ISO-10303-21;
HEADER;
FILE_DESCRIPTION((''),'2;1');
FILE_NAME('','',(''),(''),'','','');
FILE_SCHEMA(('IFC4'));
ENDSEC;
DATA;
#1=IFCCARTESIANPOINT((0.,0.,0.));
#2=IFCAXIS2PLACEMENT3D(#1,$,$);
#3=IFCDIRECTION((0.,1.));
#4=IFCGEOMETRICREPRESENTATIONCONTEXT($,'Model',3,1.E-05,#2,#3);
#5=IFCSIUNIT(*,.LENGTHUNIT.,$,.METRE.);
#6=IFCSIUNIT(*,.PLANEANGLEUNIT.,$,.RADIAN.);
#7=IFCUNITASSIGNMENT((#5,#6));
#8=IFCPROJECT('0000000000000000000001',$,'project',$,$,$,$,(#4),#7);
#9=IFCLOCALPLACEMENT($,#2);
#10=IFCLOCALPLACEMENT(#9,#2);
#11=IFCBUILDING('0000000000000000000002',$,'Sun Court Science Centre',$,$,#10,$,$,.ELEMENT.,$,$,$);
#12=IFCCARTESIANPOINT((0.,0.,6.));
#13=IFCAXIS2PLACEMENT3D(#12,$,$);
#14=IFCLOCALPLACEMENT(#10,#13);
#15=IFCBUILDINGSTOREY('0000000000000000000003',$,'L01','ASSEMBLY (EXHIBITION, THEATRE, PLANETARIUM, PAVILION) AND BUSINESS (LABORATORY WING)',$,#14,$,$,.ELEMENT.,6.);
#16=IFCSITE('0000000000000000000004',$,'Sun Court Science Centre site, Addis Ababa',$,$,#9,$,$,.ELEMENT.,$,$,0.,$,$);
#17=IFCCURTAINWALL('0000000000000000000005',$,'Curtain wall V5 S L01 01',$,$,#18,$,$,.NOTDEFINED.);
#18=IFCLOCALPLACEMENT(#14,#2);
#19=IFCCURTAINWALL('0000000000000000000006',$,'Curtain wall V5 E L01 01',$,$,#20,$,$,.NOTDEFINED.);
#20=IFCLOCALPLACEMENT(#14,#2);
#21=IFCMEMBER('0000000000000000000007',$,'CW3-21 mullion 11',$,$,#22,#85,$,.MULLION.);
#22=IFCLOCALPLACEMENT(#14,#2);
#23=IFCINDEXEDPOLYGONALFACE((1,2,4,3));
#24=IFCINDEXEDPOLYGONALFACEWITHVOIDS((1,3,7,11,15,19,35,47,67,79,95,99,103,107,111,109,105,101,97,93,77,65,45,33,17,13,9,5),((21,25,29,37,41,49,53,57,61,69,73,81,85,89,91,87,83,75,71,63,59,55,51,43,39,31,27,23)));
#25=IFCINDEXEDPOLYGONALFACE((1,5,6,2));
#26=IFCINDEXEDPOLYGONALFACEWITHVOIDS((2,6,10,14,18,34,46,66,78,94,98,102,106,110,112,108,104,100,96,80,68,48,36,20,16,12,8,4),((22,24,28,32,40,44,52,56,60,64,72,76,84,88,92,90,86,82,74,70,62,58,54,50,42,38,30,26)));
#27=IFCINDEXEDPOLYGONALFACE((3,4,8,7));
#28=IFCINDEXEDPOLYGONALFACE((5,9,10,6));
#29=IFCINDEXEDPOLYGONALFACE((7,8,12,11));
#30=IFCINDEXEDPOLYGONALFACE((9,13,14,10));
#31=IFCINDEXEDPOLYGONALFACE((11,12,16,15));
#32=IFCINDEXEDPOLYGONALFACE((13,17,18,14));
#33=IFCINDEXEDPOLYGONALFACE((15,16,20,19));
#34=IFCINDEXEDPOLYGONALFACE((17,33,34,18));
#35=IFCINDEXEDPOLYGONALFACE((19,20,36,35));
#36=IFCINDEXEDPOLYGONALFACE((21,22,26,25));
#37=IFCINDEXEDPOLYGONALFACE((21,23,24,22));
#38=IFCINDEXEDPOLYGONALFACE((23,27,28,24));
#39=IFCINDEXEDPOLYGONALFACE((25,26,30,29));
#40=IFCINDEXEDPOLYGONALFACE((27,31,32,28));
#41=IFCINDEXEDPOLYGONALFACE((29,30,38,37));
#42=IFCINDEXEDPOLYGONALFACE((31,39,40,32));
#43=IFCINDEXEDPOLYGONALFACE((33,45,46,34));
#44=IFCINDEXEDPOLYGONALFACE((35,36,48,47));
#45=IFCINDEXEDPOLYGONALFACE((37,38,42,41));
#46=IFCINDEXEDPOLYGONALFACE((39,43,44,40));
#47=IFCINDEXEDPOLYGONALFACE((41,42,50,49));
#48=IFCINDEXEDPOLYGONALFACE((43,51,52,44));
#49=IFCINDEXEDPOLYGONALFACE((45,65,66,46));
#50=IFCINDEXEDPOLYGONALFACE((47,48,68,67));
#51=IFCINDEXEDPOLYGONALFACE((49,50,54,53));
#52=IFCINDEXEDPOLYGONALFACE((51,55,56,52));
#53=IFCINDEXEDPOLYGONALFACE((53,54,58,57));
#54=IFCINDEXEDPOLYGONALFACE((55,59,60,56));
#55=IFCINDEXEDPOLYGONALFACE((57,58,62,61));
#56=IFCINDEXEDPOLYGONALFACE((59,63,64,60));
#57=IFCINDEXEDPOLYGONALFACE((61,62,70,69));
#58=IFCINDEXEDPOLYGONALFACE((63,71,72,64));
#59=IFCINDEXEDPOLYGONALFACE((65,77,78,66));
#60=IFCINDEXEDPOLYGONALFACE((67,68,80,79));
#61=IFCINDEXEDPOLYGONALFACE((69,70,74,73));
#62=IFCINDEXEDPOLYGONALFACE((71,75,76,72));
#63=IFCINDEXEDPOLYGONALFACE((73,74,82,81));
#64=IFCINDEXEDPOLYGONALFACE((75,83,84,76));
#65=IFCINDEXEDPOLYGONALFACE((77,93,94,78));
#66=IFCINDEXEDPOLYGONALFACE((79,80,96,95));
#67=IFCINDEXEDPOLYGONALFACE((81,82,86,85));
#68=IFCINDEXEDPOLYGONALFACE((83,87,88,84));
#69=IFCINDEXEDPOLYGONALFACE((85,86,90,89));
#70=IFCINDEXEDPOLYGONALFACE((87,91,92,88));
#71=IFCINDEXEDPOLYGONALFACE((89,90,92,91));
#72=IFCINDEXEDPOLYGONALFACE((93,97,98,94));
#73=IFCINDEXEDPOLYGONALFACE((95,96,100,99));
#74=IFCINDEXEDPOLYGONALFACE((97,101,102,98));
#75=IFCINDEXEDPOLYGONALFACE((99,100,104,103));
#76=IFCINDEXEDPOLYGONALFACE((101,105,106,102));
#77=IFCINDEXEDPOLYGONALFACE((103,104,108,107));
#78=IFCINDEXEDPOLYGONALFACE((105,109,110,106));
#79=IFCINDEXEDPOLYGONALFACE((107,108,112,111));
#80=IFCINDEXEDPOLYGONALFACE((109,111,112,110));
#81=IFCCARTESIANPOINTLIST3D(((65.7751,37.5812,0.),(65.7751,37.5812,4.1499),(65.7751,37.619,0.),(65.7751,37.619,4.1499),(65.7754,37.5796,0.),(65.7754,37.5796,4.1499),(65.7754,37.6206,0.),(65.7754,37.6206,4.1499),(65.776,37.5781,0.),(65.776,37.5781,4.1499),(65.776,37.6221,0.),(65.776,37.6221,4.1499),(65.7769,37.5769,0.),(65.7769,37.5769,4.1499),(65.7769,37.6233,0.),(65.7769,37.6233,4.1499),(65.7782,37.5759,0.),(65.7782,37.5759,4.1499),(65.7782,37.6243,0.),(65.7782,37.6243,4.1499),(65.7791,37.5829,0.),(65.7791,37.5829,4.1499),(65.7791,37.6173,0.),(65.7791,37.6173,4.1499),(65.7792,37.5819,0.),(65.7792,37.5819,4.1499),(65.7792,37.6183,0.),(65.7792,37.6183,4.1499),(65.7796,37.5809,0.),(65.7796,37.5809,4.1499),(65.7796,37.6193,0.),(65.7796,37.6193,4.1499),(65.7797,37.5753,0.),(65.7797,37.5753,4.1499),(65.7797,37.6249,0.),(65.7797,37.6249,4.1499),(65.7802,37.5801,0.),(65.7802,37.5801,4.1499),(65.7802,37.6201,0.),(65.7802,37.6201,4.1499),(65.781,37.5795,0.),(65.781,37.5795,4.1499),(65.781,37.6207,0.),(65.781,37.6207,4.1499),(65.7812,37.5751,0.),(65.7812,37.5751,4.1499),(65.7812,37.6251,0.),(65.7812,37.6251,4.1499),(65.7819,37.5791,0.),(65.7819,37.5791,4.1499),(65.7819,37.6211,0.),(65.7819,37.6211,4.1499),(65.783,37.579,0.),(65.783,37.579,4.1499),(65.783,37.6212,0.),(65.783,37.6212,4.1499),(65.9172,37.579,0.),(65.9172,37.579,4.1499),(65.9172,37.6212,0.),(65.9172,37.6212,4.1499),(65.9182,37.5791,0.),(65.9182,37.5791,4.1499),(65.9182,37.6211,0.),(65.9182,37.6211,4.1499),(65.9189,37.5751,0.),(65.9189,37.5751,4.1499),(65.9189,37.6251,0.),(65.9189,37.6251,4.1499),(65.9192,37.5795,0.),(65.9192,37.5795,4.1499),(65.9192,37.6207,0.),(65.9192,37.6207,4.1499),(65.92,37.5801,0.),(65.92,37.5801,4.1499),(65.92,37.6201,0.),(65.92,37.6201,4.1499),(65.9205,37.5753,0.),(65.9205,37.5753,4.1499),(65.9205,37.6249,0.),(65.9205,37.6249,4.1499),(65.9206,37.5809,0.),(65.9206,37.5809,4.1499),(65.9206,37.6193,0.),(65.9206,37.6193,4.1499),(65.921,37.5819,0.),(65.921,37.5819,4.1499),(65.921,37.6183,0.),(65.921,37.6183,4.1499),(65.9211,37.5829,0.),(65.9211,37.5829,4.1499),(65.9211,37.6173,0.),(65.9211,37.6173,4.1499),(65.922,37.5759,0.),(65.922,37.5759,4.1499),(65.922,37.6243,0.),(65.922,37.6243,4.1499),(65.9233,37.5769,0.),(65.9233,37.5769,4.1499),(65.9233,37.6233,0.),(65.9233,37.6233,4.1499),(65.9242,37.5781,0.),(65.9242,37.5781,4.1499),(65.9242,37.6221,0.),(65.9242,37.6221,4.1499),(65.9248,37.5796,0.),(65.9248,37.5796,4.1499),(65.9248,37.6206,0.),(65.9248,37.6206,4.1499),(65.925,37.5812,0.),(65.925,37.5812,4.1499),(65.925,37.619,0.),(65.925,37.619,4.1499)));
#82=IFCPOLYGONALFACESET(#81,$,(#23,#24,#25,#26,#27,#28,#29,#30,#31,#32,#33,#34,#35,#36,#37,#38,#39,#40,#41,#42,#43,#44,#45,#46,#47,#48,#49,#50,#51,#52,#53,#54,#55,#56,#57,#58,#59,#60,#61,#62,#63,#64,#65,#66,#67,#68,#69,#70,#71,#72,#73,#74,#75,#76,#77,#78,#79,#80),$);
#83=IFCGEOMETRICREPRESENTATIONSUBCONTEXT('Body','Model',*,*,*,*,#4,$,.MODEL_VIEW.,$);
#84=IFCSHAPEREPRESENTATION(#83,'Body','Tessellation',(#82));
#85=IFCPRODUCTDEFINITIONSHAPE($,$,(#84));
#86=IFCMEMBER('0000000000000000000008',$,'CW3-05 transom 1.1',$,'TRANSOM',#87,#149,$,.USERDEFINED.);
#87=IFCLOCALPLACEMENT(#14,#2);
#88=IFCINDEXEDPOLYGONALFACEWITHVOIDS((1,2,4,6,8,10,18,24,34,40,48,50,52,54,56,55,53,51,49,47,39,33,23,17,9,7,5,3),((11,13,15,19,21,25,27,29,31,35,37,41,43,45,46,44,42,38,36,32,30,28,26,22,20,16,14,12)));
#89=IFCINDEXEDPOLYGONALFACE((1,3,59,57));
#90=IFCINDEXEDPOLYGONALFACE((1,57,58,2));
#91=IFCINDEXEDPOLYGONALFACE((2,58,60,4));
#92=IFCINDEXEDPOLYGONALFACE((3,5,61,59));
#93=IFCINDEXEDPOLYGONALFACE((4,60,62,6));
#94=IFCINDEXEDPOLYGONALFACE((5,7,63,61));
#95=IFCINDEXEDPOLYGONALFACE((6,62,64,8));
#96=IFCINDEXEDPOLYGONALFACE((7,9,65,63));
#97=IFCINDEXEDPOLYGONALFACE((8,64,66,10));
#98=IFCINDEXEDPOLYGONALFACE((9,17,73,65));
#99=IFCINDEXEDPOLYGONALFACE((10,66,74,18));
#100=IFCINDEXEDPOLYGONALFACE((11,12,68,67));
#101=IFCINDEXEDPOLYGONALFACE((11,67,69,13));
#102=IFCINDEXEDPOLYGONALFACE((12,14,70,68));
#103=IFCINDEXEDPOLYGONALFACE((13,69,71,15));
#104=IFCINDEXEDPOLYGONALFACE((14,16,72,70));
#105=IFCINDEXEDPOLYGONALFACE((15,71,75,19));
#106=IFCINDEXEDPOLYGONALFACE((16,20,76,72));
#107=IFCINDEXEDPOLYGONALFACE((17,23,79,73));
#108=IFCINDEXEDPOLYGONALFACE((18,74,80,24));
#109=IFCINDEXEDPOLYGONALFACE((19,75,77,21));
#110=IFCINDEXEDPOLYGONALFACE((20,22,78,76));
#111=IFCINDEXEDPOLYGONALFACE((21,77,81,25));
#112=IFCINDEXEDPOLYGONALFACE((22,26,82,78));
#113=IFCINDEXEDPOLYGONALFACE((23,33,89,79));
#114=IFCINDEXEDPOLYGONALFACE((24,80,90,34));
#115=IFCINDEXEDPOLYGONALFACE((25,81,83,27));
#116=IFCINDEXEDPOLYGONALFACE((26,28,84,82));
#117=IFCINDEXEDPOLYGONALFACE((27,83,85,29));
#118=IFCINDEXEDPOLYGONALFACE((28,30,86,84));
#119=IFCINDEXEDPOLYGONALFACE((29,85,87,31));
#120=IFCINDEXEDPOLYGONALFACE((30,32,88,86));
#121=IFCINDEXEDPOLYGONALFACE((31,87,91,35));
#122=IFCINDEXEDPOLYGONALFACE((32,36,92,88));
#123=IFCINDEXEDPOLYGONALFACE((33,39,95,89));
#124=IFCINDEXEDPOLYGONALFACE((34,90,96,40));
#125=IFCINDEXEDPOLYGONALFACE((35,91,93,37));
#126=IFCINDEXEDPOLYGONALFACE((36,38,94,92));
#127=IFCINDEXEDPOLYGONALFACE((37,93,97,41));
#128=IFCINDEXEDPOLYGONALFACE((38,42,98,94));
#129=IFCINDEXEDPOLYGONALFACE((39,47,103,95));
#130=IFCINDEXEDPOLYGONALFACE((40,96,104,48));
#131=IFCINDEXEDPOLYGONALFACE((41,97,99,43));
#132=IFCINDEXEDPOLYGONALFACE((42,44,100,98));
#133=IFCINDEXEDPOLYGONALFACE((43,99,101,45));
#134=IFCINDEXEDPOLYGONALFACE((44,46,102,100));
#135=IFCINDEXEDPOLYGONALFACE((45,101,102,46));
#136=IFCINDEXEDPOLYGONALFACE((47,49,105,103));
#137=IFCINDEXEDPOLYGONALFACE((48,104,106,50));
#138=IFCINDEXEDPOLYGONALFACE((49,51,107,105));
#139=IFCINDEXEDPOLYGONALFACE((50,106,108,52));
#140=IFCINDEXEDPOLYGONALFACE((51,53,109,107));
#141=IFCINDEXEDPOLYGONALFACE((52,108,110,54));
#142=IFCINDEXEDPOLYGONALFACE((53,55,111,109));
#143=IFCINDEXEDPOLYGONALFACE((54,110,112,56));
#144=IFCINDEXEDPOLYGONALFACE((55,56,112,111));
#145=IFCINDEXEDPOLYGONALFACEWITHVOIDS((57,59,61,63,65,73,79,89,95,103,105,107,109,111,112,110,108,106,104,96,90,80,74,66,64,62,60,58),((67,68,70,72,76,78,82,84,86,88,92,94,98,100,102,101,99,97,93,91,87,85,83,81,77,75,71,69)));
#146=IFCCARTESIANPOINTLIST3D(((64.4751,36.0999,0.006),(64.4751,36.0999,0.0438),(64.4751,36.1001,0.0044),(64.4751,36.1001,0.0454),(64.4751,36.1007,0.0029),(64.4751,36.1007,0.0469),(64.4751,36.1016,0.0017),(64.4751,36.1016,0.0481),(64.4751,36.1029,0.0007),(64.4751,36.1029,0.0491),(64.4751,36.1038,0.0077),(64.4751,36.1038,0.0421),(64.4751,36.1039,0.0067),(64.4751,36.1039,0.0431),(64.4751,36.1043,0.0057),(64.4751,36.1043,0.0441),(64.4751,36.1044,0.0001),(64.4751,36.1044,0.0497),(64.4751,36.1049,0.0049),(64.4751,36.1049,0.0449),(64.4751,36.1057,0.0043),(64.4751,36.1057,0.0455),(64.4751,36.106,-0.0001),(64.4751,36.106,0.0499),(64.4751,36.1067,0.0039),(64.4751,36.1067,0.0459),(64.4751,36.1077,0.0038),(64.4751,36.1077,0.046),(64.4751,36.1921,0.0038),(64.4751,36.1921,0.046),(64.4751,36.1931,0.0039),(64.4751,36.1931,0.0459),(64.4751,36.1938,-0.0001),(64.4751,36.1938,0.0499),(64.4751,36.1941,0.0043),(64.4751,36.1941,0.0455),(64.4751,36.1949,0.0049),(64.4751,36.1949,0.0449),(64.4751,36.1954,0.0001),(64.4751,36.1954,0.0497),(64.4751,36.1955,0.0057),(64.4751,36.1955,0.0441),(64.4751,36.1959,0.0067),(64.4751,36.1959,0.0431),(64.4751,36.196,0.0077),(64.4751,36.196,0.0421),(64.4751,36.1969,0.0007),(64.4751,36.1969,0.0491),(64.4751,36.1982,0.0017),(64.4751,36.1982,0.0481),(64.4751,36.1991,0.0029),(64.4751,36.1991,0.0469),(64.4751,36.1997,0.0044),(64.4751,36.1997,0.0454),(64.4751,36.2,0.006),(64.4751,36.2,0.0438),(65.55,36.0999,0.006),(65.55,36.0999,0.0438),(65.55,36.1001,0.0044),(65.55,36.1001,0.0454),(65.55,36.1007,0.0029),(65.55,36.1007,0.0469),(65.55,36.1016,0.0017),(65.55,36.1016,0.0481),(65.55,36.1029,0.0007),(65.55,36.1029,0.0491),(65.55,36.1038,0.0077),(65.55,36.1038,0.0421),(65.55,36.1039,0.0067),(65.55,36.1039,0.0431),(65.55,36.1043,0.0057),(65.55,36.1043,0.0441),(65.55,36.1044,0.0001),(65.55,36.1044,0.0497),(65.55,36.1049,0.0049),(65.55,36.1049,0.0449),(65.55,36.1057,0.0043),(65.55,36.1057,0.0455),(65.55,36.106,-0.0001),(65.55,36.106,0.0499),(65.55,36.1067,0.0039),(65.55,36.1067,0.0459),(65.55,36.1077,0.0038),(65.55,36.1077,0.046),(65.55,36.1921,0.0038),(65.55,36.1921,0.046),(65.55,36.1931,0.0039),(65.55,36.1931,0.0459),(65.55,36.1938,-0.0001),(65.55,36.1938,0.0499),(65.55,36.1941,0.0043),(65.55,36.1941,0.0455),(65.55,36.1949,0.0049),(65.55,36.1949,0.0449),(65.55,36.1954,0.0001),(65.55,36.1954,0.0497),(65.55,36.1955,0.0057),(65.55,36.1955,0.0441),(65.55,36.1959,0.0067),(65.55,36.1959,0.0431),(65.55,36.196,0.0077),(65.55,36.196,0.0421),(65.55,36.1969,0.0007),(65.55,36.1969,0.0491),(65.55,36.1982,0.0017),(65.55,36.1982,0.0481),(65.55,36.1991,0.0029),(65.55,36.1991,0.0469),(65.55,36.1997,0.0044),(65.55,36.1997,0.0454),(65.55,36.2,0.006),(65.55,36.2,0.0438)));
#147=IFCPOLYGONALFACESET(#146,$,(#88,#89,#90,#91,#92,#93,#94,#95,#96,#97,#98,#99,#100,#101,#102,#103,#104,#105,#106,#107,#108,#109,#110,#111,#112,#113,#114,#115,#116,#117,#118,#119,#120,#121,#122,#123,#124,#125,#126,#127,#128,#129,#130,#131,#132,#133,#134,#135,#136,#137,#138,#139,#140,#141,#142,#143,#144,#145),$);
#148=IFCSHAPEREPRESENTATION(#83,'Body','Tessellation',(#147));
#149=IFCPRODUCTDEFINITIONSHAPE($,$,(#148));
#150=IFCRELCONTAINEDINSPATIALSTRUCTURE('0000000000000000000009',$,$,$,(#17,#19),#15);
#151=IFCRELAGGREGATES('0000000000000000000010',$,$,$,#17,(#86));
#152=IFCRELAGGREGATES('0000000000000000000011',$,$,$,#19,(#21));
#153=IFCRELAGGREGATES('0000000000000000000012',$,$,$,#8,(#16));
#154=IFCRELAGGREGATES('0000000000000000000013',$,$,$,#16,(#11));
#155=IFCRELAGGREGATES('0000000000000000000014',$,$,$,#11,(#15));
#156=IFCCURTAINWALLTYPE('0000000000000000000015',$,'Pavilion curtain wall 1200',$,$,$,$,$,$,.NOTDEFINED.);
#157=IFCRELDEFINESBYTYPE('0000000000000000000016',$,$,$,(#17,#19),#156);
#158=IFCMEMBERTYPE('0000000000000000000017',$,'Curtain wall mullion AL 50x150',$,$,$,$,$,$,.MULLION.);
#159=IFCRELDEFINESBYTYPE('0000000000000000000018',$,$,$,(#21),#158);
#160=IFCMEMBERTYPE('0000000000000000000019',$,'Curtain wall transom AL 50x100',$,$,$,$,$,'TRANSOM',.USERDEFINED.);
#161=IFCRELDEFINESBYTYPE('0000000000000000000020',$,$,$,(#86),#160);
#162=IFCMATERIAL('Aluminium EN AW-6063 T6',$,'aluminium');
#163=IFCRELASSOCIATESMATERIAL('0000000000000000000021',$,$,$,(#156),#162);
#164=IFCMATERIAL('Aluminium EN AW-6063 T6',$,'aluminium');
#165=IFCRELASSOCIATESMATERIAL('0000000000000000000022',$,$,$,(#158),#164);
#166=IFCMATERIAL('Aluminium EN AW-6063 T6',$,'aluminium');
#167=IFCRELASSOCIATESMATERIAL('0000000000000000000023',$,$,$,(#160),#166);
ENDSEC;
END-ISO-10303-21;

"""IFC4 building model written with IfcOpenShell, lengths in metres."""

from ifc_helpers import new_model, si_unit, direction, frame, origin, origin_2d, place, context, subcontext, project, spatial, hollow_rectangle, extrude, material, material_profile, profile_set, type_object, element, aggregate, save


model = new_model("IFC4")

# Units and contexts
model_context = context("Model", 3, precision=1e-05, world=origin(), true_north=direction((0.0, 1.0)))
body_context = subcontext(model_context, "Body", "Model", "MODEL_VIEW")
ifc_project = project(units=[si_unit("LENGTHUNIT", "METRE"), si_unit("PLANEANGLEUNIT", "RADIAN")], contexts=[model_context])

# Site, building, storey
site_placement = place(None, origin())
site = spatial("IfcSite", under=ifc_project, at=site_placement, Name="Sun Court Science Centre site, Addis Ababa", CompositionType="ELEMENT", RefElevation=0.0)
building_placement = place(site_placement, origin())
building = spatial("IfcBuilding", under=site, at=building_placement, Name="Sun Court Science Centre", CompositionType="ELEMENT")
storey_placement = place(building_placement, frame((0.0, 0.0, 6.0)))
storey = spatial("IfcBuildingStorey", under=building, at=storey_placement, Name="L01", Description="ASSEMBLY (EXHIBITION, THEATRE, PLANETARIUM, PAVILION) AND BUSINESS (LABORATORY WING)", CompositionType="ELEMENT", Elevation=6.0)

# Curtain wall
ifc_material_1 = material(Name="Aluminium EN AW-6063 T6", Category="aluminium")
curtain_wall_type = type_object("IfcCurtainWallType", Name="Pavilion curtain wall 1200", PredefinedType="NOTDEFINED", material=ifc_material_1)
curtain_wall_1_placement = place(storey_placement, origin())
curtain_wall_1 = element("IfcCurtainWall", 1, at=curtain_wall_1_placement, inside=storey, type_object=curtain_wall_type, Name="Curtain wall V5 S L01 01", PredefinedType="NOTDEFINED")
ifc_material_2 = material(Name="Aluminium EN AW-6063 T6", Category="aluminium")
ifc_material_profile_1 = material_profile(ifc_material_2, hollow_rectangle(XDim=0.05, YDim=0.1499, WallThickness=0.0039, InnerFilletRadius=0.0039, OuterFilletRadius=0.0061, at=origin_2d()), Name="AL 50x150x4")
ifc_profile_set_1 = profile_set([ifc_material_profile_1], Name="Aluminium EN AW-6063 T6")
member_type_1 = type_object("IfcMemberType", Name="Curtain wall mullion AL 50x150", PredefinedType="MULLION", material=ifc_profile_set_1)

# Curtain wall, member
curtain_wall_2_placement = place(storey_placement, origin())
curtain_wall_2 = element("IfcCurtainWall", 2, at=curtain_wall_2_placement, inside=storey, type_object=curtain_wall_type, Name="Curtain wall V5 E L01 01", PredefinedType="NOTDEFINED")
member_1_placement = place(storey_placement, frame((65.8501, 37.6001, 0.0), z_axis=(0.0, 0.0, 1.0), x_axis=(0.0, -1.0, 0.0)))
member_1 = element("IfcMember", 3, at=member_1_placement, type_object=member_type_1, Name="CW3-21 mullion 11", PredefinedType="MULLION", context=body_context, shape_type="SweptSolid", body=[
    extrude(hollow_rectangle(XDim=0.05, YDim=0.1499, WallThickness=0.0039, InnerFilletRadius=0.0039, OuterFilletRadius=0.0061, at=origin_2d()), origin(), (0.0, 0.0, 1.0), 4.1499),
])

# Member
ifc_material_3 = material(Name="Aluminium EN AW-6063 T6", Category="aluminium")
ifc_material_profile_2 = material_profile(ifc_material_3, hollow_rectangle(XDim=0.05, YDim=0.1001, WallThickness=0.0039, InnerFilletRadius=0.0039, OuterFilletRadius=0.0061, at=origin_2d()), Name="AL 50x100x4")
ifc_profile_set_2 = profile_set([ifc_material_profile_2], Name="Aluminium EN AW-6063 T6")
member_type_2 = type_object("IfcMemberType", Name="Curtain wall transom AL 50x100", ElementType="TRANSOM", PredefinedType="USERDEFINED", material=ifc_profile_set_2)
member_2_placement = place(storey_placement, frame((65.55, 36.1499, 0.0249), z_axis=(-1.0, 0.0, 0.0), x_axis=(0.0, 0.0, 1.0)))
member_2 = element("IfcMember", 4, at=member_2_placement, type_object=member_type_2, Name="CW3-05 transom 1.1", ObjectType="TRANSOM", PredefinedType="USERDEFINED", context=body_context, shape_type="SweptSolid", body=[
    extrude(hollow_rectangle(XDim=0.05, YDim=0.1001, WallThickness=0.0039, InnerFilletRadius=0.0039, OuterFilletRadius=0.0061, at=origin_2d()), origin(), (0.0, 0.0, 1.0), 1.075),
])

aggregate(curtain_wall_1, [member_2])
aggregate(curtain_wall_2, [member_1])

save(model, "model.ifc")
